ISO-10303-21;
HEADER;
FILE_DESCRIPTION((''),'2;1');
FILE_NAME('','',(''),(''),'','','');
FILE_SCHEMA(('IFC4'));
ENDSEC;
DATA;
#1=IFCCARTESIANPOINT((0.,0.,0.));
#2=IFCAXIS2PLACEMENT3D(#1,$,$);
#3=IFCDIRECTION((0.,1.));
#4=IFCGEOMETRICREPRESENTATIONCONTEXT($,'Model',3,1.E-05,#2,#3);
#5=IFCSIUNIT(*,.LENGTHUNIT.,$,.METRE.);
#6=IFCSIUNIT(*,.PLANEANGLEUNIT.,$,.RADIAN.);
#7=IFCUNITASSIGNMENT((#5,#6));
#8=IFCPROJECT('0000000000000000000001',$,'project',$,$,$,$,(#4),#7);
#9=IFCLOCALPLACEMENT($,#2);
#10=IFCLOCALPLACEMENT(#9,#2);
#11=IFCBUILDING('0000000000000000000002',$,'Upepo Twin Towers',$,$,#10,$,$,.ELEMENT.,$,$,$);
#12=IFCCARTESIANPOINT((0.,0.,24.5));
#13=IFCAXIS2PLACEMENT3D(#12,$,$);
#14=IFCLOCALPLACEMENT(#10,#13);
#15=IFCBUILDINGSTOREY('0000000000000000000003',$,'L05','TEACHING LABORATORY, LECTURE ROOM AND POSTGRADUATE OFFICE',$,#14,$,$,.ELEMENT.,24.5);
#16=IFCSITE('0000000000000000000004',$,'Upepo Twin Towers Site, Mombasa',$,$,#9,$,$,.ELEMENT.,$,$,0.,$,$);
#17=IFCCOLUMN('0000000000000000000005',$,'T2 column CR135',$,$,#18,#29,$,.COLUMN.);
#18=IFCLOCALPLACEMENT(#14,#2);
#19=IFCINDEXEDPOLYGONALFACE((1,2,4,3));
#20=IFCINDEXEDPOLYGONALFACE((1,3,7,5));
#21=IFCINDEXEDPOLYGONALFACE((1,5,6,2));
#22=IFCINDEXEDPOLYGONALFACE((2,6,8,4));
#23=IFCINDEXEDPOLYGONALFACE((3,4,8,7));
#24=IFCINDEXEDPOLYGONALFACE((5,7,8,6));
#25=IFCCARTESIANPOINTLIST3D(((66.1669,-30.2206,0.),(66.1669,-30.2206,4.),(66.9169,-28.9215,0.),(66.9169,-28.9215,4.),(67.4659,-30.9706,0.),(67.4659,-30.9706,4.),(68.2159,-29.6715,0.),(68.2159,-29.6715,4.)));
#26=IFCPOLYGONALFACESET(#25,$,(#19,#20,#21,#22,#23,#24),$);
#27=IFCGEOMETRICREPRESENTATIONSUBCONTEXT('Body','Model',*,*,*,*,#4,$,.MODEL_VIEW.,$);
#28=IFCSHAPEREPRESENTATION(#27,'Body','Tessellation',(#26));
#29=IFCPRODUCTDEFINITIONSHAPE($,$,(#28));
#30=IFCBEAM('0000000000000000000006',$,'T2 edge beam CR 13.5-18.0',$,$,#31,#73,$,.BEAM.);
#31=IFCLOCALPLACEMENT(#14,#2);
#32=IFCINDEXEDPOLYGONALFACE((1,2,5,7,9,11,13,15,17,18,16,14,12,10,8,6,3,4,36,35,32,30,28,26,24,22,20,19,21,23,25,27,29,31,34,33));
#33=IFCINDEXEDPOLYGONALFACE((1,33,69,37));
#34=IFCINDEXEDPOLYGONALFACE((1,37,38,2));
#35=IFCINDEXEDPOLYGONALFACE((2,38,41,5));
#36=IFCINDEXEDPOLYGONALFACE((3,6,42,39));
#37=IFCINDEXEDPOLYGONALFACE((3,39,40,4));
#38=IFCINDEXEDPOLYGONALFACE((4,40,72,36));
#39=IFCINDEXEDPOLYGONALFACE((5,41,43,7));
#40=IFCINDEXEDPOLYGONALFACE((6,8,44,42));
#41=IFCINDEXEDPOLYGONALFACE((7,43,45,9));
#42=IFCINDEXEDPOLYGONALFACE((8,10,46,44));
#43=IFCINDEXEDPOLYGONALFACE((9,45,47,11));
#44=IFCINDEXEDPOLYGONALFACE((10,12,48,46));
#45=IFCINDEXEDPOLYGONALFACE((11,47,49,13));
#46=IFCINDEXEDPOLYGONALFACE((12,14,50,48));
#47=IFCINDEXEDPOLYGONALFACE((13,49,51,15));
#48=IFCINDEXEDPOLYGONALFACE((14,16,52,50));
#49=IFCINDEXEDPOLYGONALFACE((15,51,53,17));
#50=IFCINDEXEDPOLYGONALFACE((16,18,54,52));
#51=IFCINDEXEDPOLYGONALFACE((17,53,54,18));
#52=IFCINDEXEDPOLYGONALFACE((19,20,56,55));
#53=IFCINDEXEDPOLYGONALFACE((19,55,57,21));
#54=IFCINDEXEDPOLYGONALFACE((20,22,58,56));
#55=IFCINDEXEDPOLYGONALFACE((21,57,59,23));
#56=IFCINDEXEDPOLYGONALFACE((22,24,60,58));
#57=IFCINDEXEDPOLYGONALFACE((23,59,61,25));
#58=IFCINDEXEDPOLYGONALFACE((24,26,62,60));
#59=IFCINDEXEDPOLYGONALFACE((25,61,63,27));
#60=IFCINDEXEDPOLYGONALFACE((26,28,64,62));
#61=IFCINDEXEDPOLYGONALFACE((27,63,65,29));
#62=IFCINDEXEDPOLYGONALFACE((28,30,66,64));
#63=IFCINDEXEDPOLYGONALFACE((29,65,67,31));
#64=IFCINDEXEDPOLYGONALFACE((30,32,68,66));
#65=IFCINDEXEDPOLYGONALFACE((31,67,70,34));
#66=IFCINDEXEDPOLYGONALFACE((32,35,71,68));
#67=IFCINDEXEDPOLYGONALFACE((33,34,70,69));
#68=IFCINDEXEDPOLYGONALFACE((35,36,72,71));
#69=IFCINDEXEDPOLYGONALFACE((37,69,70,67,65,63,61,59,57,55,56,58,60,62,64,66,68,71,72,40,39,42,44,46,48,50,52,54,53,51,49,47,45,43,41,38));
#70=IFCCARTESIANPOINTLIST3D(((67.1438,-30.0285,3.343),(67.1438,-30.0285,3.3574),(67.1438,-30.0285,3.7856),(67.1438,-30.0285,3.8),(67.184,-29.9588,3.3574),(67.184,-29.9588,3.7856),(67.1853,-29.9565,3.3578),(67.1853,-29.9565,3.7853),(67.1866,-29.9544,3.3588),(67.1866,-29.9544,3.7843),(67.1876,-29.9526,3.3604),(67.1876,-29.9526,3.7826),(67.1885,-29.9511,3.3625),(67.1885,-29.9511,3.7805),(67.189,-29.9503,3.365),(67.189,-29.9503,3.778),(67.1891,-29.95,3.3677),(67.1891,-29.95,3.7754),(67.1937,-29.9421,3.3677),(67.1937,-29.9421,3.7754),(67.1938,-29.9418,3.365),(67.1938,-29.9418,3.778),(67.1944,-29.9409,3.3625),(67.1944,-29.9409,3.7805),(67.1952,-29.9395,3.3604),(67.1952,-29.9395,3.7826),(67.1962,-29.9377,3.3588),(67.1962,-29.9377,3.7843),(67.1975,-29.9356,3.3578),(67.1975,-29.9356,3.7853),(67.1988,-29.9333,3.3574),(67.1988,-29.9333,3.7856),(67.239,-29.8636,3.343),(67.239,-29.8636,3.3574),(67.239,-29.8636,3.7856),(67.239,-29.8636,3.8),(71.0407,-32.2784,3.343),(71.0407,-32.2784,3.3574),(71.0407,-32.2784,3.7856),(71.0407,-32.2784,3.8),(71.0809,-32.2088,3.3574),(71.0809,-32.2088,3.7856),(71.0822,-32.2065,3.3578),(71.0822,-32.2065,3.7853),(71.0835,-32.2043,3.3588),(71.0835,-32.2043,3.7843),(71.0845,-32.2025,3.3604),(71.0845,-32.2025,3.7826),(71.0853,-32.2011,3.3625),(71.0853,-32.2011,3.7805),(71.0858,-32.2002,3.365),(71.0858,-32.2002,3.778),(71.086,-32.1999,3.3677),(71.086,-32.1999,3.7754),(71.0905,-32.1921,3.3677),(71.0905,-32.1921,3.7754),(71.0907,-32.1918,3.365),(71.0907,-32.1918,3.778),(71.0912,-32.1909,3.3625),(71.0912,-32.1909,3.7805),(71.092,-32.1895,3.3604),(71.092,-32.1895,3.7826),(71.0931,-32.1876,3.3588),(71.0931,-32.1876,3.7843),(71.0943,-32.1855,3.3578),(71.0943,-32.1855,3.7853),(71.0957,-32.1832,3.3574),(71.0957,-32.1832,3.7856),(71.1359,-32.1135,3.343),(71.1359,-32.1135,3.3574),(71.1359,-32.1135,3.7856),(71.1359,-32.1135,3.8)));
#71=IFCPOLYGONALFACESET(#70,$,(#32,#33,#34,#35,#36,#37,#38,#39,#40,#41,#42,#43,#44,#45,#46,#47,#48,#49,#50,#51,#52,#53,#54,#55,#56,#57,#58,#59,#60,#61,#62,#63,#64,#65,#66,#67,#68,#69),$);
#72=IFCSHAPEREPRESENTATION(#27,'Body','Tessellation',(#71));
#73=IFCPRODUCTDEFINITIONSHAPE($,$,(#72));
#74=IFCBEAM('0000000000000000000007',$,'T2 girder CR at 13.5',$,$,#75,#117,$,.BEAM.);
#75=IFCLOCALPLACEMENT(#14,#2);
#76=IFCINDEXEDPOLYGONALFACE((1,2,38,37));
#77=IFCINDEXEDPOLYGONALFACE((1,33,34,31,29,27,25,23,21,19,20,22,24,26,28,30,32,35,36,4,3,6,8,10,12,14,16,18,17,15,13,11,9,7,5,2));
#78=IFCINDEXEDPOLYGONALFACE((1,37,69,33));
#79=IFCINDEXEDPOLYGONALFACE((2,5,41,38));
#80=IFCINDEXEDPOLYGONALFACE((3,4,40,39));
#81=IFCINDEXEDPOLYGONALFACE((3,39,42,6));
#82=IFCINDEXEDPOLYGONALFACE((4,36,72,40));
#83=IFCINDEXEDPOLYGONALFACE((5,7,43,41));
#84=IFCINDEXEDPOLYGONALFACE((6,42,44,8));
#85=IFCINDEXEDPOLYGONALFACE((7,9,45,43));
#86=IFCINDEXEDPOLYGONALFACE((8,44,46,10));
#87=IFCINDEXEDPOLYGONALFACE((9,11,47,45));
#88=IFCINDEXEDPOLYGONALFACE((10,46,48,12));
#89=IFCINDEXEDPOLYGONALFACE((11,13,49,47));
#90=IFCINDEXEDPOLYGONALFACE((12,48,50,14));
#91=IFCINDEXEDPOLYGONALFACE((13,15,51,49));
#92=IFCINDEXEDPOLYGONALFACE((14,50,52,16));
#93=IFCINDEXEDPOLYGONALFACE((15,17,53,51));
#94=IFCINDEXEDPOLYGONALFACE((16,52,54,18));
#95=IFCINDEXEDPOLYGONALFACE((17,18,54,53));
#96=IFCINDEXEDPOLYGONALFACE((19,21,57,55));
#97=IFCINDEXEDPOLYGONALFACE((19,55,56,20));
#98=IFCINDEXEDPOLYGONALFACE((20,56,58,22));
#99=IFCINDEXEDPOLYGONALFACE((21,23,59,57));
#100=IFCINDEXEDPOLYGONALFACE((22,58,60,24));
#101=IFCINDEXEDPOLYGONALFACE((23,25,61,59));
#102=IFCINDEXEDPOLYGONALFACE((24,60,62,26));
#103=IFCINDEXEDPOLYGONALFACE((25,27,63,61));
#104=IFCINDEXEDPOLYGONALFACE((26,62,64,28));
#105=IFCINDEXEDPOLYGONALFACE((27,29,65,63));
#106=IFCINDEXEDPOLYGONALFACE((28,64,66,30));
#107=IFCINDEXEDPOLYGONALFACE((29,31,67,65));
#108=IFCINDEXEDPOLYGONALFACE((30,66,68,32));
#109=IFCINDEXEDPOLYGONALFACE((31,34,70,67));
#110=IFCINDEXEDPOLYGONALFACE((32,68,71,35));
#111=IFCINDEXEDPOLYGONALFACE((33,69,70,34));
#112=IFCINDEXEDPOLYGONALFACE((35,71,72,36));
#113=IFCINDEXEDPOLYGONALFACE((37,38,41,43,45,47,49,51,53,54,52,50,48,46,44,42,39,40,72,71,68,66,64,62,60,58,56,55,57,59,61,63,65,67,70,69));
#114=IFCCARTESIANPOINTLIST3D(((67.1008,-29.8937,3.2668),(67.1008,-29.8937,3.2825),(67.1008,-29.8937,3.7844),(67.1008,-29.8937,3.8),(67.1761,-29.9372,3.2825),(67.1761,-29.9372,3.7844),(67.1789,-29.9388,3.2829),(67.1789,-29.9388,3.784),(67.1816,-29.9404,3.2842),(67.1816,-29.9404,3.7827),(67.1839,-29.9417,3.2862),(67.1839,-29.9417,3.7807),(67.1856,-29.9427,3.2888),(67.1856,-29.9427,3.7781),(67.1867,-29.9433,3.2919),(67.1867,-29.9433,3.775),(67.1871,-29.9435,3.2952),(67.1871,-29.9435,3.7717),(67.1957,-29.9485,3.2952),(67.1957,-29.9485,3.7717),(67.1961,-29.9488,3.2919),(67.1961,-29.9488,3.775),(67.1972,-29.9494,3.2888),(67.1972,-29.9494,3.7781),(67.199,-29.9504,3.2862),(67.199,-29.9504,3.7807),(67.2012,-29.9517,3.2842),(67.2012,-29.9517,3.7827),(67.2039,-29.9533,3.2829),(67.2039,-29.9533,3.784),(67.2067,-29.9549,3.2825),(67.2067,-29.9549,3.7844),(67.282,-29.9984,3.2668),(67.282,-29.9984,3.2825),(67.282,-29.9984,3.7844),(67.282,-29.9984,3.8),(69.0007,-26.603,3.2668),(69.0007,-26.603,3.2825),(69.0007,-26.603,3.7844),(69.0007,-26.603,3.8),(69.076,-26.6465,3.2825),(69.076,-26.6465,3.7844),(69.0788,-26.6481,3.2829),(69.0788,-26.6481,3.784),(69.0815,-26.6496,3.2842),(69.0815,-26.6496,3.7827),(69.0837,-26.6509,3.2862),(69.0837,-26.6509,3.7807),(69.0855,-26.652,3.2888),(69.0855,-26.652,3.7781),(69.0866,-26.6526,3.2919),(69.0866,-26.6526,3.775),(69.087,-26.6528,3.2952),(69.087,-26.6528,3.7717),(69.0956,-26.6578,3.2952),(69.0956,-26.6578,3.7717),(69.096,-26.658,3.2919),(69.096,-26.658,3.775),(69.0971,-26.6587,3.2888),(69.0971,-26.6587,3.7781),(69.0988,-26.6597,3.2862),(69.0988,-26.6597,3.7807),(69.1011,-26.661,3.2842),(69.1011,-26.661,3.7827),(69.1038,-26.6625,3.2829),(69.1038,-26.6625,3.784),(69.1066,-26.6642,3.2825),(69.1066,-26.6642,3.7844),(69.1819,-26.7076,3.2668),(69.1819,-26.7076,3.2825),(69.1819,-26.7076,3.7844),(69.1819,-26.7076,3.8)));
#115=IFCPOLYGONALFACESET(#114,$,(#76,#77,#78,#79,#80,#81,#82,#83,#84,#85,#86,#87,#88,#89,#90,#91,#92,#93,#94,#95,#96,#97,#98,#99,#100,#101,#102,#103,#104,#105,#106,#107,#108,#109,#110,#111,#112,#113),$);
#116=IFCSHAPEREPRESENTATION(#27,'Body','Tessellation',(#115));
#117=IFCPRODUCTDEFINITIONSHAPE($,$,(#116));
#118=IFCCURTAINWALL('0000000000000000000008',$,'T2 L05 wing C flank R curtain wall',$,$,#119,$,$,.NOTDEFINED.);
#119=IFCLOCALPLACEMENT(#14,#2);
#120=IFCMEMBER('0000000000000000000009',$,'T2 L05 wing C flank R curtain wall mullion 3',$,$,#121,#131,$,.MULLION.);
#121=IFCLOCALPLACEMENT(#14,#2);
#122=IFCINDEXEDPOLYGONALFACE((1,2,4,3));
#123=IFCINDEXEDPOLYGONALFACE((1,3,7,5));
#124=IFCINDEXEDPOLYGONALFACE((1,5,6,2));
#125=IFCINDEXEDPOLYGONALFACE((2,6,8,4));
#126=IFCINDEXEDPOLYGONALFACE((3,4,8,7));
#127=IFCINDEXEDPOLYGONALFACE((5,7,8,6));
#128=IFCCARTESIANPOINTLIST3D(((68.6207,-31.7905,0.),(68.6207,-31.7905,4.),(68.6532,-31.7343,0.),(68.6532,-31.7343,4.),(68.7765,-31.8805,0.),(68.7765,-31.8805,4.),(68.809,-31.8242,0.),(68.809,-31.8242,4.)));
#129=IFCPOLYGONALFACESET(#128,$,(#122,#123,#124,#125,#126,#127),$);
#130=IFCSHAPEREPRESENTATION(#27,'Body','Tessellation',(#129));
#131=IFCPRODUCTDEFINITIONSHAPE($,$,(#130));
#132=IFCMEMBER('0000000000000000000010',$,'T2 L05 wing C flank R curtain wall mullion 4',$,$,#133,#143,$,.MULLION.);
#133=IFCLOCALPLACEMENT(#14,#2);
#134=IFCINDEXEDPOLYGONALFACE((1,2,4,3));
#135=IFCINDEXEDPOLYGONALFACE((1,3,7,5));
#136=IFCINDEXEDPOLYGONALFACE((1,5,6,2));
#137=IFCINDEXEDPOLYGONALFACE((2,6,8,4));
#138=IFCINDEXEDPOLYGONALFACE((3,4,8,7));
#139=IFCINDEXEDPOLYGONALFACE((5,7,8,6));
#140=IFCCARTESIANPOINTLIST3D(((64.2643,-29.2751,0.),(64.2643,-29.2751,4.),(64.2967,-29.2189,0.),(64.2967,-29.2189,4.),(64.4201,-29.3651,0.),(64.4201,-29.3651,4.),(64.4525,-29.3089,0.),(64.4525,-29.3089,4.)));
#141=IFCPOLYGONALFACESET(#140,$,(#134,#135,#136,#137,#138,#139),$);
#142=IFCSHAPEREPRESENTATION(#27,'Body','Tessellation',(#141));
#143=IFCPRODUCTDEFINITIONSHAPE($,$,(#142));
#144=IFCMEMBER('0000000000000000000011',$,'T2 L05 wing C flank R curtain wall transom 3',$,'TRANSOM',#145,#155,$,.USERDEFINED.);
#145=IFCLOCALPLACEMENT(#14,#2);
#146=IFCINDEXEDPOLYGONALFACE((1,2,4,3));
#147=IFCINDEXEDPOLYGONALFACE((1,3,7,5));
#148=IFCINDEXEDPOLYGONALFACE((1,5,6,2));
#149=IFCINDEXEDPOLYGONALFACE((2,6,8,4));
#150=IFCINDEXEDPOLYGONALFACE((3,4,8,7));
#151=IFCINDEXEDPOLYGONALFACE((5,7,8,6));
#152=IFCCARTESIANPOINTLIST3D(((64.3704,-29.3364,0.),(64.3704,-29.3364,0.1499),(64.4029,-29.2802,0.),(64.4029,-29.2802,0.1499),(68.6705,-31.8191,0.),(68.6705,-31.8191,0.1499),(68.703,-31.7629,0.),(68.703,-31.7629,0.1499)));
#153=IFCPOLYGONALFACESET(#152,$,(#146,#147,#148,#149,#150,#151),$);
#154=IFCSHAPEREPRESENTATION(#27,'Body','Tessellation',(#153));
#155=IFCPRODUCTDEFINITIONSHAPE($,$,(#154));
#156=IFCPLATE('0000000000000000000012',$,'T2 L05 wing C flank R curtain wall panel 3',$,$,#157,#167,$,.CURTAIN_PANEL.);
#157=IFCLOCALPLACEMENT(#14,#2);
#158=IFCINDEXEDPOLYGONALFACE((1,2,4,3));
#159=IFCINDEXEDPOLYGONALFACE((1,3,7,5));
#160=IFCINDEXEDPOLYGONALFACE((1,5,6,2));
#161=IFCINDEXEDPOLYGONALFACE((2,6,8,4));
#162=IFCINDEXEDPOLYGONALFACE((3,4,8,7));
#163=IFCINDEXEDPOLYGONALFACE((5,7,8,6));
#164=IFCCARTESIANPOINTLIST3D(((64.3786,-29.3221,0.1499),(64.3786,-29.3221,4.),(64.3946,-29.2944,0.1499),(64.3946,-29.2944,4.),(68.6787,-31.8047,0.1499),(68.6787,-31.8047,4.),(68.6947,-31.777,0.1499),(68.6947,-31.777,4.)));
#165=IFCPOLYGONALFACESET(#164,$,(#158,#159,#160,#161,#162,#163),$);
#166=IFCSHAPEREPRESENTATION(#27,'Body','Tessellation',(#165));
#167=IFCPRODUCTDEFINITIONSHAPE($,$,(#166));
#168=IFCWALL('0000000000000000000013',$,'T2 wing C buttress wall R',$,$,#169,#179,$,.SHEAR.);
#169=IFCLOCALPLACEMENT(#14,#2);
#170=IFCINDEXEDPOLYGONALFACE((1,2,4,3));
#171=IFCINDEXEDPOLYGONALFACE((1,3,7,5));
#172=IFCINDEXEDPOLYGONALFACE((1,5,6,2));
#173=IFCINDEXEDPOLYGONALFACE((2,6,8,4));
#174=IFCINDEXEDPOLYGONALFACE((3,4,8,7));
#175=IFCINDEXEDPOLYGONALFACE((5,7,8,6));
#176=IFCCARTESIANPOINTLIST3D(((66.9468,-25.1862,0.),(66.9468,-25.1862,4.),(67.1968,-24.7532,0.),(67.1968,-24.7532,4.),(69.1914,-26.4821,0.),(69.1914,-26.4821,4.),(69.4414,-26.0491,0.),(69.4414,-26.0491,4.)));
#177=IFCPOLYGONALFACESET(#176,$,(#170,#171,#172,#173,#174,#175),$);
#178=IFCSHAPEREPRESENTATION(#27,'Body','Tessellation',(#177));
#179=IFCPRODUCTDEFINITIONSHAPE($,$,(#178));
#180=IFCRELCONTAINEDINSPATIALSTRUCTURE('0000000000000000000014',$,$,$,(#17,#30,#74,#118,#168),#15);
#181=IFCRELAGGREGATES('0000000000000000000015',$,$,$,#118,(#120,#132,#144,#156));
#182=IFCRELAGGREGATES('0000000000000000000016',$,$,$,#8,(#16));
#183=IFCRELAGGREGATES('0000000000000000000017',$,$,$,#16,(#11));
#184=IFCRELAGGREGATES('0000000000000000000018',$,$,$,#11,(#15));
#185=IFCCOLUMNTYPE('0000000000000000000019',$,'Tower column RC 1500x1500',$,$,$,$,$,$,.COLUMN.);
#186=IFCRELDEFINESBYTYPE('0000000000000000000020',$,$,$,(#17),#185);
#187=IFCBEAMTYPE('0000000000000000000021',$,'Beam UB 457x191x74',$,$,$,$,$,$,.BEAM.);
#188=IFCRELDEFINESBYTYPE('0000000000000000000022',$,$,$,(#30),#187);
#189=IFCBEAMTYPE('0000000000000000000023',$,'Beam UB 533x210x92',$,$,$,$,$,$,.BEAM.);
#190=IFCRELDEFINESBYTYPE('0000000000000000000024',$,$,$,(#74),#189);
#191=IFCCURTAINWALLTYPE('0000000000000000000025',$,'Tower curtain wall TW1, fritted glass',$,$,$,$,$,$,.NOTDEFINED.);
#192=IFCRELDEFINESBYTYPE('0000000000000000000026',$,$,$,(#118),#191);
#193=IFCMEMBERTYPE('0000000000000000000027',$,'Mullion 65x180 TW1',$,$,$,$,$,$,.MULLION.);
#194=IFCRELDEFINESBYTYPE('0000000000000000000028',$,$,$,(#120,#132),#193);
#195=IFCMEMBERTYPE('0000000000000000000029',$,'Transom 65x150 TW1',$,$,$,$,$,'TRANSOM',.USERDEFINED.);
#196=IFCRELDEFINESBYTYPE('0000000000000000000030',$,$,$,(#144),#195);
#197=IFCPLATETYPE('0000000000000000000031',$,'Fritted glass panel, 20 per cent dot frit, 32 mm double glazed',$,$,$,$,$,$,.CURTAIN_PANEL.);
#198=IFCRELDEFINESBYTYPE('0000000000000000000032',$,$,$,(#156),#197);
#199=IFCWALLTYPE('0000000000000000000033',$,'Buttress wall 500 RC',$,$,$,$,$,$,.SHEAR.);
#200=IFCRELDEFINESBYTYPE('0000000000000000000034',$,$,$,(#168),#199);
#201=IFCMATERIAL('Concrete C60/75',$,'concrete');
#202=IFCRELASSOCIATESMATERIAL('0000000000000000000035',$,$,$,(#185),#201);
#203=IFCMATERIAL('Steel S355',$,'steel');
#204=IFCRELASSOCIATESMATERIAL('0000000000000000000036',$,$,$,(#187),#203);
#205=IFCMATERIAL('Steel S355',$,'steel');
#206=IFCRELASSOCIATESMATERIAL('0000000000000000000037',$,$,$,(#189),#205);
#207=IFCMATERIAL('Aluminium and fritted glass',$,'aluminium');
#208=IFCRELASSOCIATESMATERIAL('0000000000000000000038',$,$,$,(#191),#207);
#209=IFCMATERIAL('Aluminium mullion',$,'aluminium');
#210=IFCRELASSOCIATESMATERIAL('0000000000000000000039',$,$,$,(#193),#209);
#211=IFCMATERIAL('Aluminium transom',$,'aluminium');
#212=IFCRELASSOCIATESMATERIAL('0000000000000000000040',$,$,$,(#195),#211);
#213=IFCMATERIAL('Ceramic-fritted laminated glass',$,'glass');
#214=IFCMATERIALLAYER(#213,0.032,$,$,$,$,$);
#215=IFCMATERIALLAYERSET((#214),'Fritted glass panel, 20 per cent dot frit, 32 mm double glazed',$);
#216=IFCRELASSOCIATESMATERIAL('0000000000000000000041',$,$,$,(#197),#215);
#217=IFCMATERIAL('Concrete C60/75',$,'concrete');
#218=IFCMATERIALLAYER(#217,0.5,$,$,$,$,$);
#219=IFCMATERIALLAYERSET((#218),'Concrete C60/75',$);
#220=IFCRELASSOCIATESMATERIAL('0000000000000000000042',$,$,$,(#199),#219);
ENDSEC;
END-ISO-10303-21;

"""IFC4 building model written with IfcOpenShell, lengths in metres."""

from ifc_helpers import new_model, si_unit, direction, frame, frame_2d, origin, origin_2d, place, context, subcontext, project, spatial, rectangle, i_section, extrude, material, layer, layer_set, material_profile, profile_set, type_object, element, aggregate, save


model = new_model("IFC4")

# Units and contexts
model_context = context("Model", 3, precision=1e-05, world=origin(), true_north=direction((0.0, 1.0)))
body_context = subcontext(model_context, "Body", "Model", "MODEL_VIEW")
ifc_project = project(units=[si_unit("LENGTHUNIT", "METRE"), si_unit("PLANEANGLEUNIT", "RADIAN")], contexts=[model_context])

# Site, building, storey
site_placement = place(None, origin())
site = spatial("IfcSite", under=ifc_project, at=site_placement, Name="Upepo Twin Towers Site, Mombasa", CompositionType="ELEMENT", RefElevation=0.0)
building_placement = place(site_placement, origin())
building = spatial("IfcBuilding", under=site, at=building_placement, Name="Upepo Twin Towers", CompositionType="ELEMENT")
storey_placement = place(building_placement, frame((0.0, 0.0, 24.5)))
storey = spatial("IfcBuildingStorey", under=building, at=storey_placement, Name="L05", Description="TEACHING LABORATORY, LECTURE ROOM AND POSTGRADUATE OFFICE", CompositionType="ELEMENT", Elevation=24.5)

# Column
ifc_material_1 = material(Name="Concrete C60/75", Category="concrete")
ifc_material_profile_1 = material_profile(ifc_material_1, rectangle(XDim=1.5, YDim=1.5, at=origin_2d()), Name="RC 1500x1500")
ifc_profile_set_1 = profile_set([ifc_material_profile_1], Name="Concrete C60/75")
column_type = type_object("IfcColumnType", Name="Tower column RC 1500x1500", PredefinedType="COLUMN", material=ifc_profile_set_1)
column_placement = place(storey_placement, frame((67.1914, -29.946, 0.0), z_axis=(0.0, 0.0, 1.0), x_axis=(0.5, 0.866025, 0.0)))
element("IfcColumn", 1, at=column_placement, inside=storey, type_object=column_type, Name="T2 column CR135", PredefinedType="COLUMN", context=body_context, shape_type="SweptSolid", body=[
    extrude(rectangle(XDim=1.5, YDim=1.5, at=origin_2d()), origin(), (0.0, 0.0, 1.0), 4.0),
])

# Beams
ifc_material_2 = material(Name="Steel S355", Category="steel")
ifc_material_profile_2 = material_profile(ifc_material_2, i_section(OverallWidth=0.1904, OverallDepth=0.457, WebThickness=0.009, FlangeThickness=0.0144, FilletRadius=0.0103, at=origin_2d()), Name="UB 457x191x74")
ifc_profile_set_2 = profile_set([ifc_material_profile_2], Name="Steel S355")
beam_type_1 = type_object("IfcBeamType", Name="Beam UB 457x191x74", PredefinedType="BEAM", material=ifc_profile_set_2)
beam_1_placement = place(storey_placement, frame((67.1914, -29.946, 3.5715), z_axis=(0.866018, -0.500014, 0.0), x_axis=(0.500014, 0.866018, 0.0)))
element("IfcBeam", 2, at=beam_1_placement, inside=storey, type_object=beam_type_1, Name="T2 edge beam CR 13.5-18.0", PredefinedType="BEAM", context=body_context, shape_type="SweptSolid", body=[
    extrude(i_section(OverallWidth=0.1904, OverallDepth=0.457, WebThickness=0.009, FlangeThickness=0.0144, FilletRadius=0.0103, at=origin_2d()), origin(), (0.0, 0.0, 1.0), 4.4998),
])
ifc_material_3 = material(Name="Steel S355", Category="steel")
ifc_material_profile_3 = material_profile(ifc_material_3, i_section(OverallWidth=0.2092, OverallDepth=0.5332, WebThickness=0.01, FlangeThickness=0.0156, FilletRadius=0.0127, at=origin_2d()), Name="UB 533x210x92")
ifc_profile_set_3 = profile_set([ifc_material_profile_3], Name="Steel S355")
beam_type_2 = type_object("IfcBeamType", Name="Beam UB 533x210x92", PredefinedType="BEAM", material=ifc_profile_set_3)
beam_2_placement = place(storey_placement, frame((67.1914, -29.946, 3.5334), z_axis=(0.499995, 0.866028, 0.0), x_axis=(-0.866028, 0.499995, 0.0)))
element("IfcBeam", 3, at=beam_2_placement, inside=storey, type_object=beam_type_2, Name="T2 girder CR at 13.5", PredefinedType="BEAM", context=body_context, shape_type="SweptSolid", body=[
    extrude(i_section(OverallWidth=0.2092, OverallDepth=0.5332, WebThickness=0.01, FlangeThickness=0.0156, FilletRadius=0.0127, at=origin_2d()), origin(), (0.0, 0.0, 1.0), 3.7998),
])

# Curtain wall, members, plate
ifc_material_4 = material(Name="Aluminium and fritted glass", Category="aluminium")
curtain_wall_type = type_object("IfcCurtainWallType", Name="Tower curtain wall TW1, fritted glass", PredefinedType="NOTDEFINED", material=ifc_material_4)
curtain_wall_placement = place(storey_placement, origin())
curtain_wall = element("IfcCurtainWall", 4, at=curtain_wall_placement, inside=storey, type_object=curtain_wall_type, Name="T2 L05 wing C flank R curtain wall", PredefinedType="NOTDEFINED")
ifc_material_5 = material(Name="Aluminium mullion", Category="aluminium")
ifc_material_profile_4 = material_profile(ifc_material_5, rectangle(XDim=0.0649, YDim=0.1799, at=origin_2d()), Name="MULLION 65x180")
ifc_profile_set_4 = profile_set([ifc_material_profile_4], Name="Aluminium mullion")
member_type_1 = type_object("IfcMemberType", Name="Mullion 65x180 TW1", PredefinedType="MULLION", material=ifc_profile_set_4)
member_1_placement = place(storey_placement, frame((68.7148, -31.8074, 0.0), z_axis=(0.0, 0.0, 1.0), x_axis=(-0.5, -0.866025, 0.0)))
member_1 = element("IfcMember", 5, at=member_1_placement, type_object=member_type_1, Name="T2 L05 wing C flank R curtain wall mullion 3", PredefinedType="MULLION", context=body_context, shape_type="SweptSolid", body=[
    extrude(rectangle(XDim=0.0649, YDim=0.1799, at=origin_2d()), origin(), (0.0, 0.0, 1.0), 4.0),
])
member_2_placement = place(storey_placement, frame((64.3584, -29.292, 0.0), z_axis=(0.0, 0.0, 1.0), x_axis=(-0.5, -0.866025, 0.0)))
member_2 = element("IfcMember", 6, at=member_2_placement, type_object=member_type_1, Name="T2 L05 wing C flank R curtain wall mullion 4", PredefinedType="MULLION", context=body_context, shape_type="SweptSolid", body=[
    extrude(rectangle(XDim=0.0649, YDim=0.1799, at=origin_2d()), origin(), (0.0, 0.0, 1.0), 4.0),
])
ifc_material_6 = material(Name="Aluminium transom", Category="aluminium")
ifc_material_profile_5 = material_profile(ifc_material_6, rectangle(XDim=0.0649, YDim=0.1499, at=origin_2d()), Name="TRANSOM 65x150")
ifc_profile_set_5 = profile_set([ifc_material_profile_5], Name="Aluminium transom")
member_type_2 = type_object("IfcMemberType", Name="Transom 65x150 TW1", ElementType="TRANSOM", PredefinedType="USERDEFINED", material=ifc_profile_set_5)
member_3_placement = place(storey_placement, frame((68.6868, -31.791, 0.075), z_axis=(-0.866023, 0.500005, 0.0), x_axis=(-0.500005, -0.866023, 0.0)))
member_3 = element("IfcMember", 7, at=member_3_placement, type_object=member_type_2, Name="T2 L05 wing C flank R curtain wall transom 3", ObjectType="TRANSOM", PredefinedType="USERDEFINED", context=body_context, shape_type="SweptSolid", body=[
    extrude(rectangle(XDim=0.0649, YDim=0.1499, at=origin_2d()), origin(), (0.0, 0.0, 1.0), 4.9653),
])
ifc_material_7 = material(Name="Ceramic-fritted laminated glass", Category="glass")
ifc_layer_1 = layer(ifc_material_7, 0.032)
ifc_layer_set_1 = layer_set([ifc_layer_1], Name="Fritted glass panel, 20 per cent dot frit, 32 mm double glazed")
plate_type = type_object("IfcPlateType", Name="Fritted glass panel, 20 per cent dot frit, 32 mm double glazed", PredefinedType="CURTAIN_PANEL", material=ifc_layer_set_1)
plate_placement = place(storey_placement, frame((66.5366, -30.5496, 0.1499), z_axis=(0.0, 0.0, 1.0), x_axis=(-0.866025, 0.5, 0.0)))
plate = element("IfcPlate", 8, at=plate_placement, type_object=plate_type, Name="T2 L05 wing C flank R curtain wall panel 3", PredefinedType="CURTAIN_PANEL", context=body_context, shape_type="SweptSolid", body=[
    extrude(rectangle(XDim=4.9653, YDim=0.032, at=origin_2d()), origin(), (0.0, 0.0, 1.0), 3.8501),
])
aggregate(curtain_wall, [member_1, member_2, member_3, plate])

# Wall
ifc_material_8 = material(Name="Concrete C60/75", Category="concrete")
ifc_layer_2 = layer(ifc_material_8, 0.5)
ifc_layer_set_2 = layer_set([ifc_layer_2], Name="Concrete C60/75")
wall_type_1 = type_object("IfcWallType", Name="Buttress wall 500 RC", PredefinedType="SHEAR", material=ifc_layer_set_2)
wall_1_placement = place(storey_placement, frame((67.0718, -24.9697, 0.0), z_axis=(0.0, 0.0, 1.0), x_axis=(0.866032, -0.499989, 0.0)))
element("IfcWall", 9, at=wall_1_placement, inside=storey, type_object=wall_type_1, Name="T2 wing C buttress wall R", PredefinedType="SHEAR", context=body_context, shape_type="SweptSolid", body=[
    extrude(rectangle(XDim=2.5918, YDim=0.5, at=frame_2d((1.2959, 0.0))), origin(), (0.0, 0.0, 1.0), 4.0),
])

save(model, "model.ifc")
